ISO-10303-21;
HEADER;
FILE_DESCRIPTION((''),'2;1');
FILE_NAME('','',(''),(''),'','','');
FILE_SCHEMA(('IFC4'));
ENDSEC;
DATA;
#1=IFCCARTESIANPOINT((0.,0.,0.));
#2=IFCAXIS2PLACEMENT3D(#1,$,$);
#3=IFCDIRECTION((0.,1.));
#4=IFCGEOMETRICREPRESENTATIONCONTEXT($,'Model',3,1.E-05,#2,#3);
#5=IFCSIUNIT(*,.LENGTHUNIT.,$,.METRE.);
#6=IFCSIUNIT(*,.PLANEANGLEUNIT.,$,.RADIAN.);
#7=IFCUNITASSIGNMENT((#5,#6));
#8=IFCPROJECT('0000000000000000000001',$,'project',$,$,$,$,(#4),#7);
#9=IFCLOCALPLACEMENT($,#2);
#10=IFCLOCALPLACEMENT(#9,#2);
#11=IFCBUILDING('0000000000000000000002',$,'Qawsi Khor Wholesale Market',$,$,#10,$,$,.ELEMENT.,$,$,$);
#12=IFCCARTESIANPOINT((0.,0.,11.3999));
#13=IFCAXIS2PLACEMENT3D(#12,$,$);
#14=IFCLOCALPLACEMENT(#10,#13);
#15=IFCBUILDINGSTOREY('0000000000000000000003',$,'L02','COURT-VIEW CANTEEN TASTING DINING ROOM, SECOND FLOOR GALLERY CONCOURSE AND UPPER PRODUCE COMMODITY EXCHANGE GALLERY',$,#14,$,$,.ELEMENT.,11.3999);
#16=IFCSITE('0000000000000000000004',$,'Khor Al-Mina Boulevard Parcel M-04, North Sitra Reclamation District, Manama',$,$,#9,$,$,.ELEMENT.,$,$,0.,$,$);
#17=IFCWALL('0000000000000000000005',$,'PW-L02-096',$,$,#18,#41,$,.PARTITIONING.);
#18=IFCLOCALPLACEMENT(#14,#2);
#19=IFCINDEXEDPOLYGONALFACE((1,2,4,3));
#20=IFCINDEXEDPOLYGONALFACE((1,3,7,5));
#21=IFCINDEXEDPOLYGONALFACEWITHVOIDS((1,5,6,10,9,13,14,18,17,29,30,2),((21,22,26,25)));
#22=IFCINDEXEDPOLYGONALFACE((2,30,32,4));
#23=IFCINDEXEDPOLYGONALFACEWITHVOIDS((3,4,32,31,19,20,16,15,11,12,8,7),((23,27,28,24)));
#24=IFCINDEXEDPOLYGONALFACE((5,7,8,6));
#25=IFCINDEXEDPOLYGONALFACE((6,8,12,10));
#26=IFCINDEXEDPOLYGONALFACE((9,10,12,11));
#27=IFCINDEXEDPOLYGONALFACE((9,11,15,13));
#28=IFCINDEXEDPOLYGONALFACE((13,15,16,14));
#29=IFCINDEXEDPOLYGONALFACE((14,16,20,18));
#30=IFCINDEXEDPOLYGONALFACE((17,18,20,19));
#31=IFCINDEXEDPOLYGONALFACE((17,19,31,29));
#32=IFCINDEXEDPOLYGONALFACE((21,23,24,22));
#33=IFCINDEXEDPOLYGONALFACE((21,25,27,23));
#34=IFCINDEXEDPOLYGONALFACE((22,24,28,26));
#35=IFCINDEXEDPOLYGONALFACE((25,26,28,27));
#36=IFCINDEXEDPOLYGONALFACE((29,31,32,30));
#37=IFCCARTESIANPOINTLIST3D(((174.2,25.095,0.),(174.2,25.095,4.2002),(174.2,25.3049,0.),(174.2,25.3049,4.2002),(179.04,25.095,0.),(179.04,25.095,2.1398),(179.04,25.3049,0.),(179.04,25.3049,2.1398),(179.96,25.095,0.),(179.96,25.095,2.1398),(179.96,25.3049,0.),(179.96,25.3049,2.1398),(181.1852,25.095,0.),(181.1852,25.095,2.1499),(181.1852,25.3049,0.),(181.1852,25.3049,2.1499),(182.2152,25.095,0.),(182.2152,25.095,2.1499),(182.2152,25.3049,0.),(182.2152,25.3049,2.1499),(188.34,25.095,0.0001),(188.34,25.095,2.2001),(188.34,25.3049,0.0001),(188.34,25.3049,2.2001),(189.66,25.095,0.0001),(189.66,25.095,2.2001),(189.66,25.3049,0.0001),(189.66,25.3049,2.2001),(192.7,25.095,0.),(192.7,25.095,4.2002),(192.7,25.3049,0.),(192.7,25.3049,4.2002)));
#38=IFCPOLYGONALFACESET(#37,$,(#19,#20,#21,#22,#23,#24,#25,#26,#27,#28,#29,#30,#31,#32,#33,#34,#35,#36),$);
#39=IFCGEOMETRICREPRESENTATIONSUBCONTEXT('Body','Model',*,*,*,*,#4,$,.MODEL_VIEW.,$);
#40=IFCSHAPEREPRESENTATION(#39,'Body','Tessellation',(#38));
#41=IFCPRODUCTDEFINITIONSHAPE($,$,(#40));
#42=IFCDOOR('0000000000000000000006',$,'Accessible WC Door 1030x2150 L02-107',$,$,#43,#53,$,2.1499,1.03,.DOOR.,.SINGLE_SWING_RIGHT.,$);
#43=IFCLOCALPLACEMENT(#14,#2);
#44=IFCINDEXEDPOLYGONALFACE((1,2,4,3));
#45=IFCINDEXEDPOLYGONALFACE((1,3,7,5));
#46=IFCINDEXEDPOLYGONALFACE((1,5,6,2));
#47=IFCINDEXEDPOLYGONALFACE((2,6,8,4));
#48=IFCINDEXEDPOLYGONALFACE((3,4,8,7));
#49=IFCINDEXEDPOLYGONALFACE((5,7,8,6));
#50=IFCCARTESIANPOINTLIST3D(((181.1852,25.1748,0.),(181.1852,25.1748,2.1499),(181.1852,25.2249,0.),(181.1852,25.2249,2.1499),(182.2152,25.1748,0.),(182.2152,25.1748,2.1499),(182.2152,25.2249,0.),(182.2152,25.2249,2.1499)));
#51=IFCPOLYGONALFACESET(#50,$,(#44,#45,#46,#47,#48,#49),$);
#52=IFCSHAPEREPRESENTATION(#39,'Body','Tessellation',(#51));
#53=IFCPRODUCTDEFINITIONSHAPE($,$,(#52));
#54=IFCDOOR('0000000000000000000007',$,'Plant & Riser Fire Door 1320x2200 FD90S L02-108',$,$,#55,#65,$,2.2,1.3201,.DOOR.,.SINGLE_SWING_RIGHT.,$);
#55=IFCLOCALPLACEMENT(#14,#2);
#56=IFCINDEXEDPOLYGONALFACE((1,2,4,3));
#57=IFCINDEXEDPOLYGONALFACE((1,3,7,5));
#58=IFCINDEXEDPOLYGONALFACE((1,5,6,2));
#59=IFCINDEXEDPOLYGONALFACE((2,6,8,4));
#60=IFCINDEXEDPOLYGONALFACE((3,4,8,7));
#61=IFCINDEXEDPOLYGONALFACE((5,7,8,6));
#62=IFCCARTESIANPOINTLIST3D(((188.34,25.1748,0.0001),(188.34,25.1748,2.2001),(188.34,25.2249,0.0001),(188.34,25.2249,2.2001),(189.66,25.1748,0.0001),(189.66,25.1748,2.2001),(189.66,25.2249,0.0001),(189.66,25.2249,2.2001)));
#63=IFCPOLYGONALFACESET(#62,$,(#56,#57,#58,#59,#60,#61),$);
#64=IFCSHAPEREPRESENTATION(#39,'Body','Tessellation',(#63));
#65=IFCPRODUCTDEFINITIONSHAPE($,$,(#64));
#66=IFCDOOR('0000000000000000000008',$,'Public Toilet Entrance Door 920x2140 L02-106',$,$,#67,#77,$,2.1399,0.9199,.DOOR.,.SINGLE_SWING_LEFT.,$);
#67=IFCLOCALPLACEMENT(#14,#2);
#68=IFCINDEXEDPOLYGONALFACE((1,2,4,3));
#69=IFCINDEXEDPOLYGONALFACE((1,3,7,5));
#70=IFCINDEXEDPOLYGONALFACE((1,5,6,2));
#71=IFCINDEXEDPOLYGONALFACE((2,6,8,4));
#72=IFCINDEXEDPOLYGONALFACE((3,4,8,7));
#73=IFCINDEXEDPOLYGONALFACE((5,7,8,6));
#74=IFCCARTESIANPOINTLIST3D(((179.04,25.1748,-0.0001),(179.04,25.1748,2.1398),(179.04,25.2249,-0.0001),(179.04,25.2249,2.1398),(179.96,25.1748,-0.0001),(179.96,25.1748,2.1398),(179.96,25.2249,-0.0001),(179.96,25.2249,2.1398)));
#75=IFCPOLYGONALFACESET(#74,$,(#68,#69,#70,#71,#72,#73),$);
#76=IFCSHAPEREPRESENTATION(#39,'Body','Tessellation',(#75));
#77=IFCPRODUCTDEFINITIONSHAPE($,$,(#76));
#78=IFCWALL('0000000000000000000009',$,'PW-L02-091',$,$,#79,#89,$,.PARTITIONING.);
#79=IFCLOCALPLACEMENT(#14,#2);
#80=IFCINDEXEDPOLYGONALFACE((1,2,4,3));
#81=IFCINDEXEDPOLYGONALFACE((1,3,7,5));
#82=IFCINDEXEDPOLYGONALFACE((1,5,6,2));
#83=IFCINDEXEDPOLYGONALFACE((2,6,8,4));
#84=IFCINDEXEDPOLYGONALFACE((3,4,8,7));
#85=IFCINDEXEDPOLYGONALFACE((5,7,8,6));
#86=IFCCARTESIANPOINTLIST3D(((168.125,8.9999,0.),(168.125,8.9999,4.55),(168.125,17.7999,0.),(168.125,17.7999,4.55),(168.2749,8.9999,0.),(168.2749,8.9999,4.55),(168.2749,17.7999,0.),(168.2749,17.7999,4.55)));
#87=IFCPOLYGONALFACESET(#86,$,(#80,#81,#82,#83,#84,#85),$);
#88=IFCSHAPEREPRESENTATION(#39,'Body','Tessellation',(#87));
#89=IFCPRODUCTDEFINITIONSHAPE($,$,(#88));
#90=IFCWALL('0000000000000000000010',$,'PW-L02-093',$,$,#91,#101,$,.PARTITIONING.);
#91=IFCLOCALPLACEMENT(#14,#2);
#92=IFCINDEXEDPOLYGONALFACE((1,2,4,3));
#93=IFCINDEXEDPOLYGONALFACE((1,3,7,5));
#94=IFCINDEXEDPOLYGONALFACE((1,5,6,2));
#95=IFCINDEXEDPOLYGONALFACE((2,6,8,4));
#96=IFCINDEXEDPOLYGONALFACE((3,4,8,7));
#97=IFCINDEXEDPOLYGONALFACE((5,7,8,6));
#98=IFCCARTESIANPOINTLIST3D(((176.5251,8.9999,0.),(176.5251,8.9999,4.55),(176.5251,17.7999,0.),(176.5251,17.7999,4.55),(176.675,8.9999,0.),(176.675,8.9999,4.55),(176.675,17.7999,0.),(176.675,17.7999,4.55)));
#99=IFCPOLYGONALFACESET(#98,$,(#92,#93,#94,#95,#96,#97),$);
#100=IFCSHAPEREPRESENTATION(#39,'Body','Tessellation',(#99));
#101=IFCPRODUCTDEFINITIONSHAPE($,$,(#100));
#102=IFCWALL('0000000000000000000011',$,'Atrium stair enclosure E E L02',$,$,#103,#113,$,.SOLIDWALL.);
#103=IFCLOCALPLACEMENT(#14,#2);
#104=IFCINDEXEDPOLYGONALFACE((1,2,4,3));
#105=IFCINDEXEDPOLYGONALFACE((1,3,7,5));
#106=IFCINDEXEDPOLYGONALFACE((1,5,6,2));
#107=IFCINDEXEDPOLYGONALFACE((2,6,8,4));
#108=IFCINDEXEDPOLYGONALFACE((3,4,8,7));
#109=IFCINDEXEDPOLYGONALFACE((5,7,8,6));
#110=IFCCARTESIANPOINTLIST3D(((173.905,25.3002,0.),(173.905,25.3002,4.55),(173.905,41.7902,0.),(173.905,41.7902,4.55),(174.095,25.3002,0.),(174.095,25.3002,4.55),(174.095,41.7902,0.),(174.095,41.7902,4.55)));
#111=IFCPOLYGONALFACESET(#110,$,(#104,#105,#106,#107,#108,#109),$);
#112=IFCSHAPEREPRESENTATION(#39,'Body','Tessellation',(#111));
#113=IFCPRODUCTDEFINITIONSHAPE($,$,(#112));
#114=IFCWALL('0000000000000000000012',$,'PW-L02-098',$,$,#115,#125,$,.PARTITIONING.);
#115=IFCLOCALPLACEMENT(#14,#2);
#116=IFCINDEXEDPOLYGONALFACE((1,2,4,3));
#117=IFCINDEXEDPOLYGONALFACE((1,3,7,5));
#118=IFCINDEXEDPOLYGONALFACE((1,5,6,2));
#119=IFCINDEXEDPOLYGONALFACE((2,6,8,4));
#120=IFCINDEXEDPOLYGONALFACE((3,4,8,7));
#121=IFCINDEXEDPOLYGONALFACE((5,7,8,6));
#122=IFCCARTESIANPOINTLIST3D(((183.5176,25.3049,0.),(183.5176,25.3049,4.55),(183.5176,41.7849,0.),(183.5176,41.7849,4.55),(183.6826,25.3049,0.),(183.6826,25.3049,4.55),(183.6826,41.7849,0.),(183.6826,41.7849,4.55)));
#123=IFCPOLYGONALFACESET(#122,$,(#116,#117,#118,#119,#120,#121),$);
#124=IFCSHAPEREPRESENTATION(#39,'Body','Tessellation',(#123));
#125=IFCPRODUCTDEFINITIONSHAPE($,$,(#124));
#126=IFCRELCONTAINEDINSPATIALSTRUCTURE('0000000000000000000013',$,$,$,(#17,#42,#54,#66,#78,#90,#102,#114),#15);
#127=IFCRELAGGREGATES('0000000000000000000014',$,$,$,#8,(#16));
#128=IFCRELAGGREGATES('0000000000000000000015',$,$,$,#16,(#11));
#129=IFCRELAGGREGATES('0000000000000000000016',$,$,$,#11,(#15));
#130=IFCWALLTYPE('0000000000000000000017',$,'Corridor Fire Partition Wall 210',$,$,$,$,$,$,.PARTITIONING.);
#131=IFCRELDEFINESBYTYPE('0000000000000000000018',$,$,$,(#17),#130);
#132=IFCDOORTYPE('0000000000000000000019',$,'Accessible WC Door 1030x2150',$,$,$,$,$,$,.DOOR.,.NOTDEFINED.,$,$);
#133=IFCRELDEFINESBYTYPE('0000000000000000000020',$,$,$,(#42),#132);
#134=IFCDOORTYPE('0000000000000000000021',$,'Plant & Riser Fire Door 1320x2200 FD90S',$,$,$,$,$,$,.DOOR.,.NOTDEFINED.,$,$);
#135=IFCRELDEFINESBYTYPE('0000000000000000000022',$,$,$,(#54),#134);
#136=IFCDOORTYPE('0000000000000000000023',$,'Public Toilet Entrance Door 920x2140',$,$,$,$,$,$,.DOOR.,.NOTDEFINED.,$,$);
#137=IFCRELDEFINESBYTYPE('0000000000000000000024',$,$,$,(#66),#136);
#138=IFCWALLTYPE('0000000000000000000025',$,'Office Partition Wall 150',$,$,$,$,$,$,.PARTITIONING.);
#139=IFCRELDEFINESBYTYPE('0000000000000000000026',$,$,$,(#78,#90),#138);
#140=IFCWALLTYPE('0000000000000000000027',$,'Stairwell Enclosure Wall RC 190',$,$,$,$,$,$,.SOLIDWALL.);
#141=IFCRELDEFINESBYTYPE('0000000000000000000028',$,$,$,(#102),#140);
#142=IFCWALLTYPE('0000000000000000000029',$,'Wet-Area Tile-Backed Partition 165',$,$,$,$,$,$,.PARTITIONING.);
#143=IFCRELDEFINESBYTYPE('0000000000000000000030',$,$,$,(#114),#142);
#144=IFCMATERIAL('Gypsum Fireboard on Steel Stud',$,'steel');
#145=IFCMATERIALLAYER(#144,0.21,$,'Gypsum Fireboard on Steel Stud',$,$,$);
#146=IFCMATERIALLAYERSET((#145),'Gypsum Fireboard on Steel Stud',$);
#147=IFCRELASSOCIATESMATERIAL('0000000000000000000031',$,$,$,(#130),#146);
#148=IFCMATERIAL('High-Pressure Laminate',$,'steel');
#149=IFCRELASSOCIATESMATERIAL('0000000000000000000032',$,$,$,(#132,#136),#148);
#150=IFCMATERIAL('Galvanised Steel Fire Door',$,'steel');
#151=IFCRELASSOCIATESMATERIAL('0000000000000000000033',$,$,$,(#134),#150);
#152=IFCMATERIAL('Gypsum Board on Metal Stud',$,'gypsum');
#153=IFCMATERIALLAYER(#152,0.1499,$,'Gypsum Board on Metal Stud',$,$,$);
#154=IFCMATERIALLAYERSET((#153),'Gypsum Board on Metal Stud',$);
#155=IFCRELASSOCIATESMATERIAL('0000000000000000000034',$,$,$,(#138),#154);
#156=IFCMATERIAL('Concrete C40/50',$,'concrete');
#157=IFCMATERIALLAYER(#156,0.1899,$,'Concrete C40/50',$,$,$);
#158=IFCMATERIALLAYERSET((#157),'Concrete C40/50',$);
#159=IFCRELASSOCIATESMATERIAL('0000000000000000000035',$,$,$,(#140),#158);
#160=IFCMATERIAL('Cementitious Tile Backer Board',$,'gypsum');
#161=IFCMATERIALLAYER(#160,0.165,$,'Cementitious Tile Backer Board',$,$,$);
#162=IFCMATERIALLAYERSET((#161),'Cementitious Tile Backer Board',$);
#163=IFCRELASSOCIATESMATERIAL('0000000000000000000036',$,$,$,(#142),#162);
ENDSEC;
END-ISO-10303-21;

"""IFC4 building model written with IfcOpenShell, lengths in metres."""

from ifc_helpers import new_model, si_unit, direction, frame, frame_2d, origin, place, context, subcontext, project, spatial, rectangle, extrude, material, layer, layer_set, type_object, element, fill, save


model = new_model("IFC4")

# Units and contexts
model_context = context("Model", 3, precision=1e-05, world=origin(), true_north=direction((0.0, 1.0)))
body_context = subcontext(model_context, "Body", "Model", "MODEL_VIEW")
ifc_project = project(units=[si_unit("LENGTHUNIT", "METRE"), si_unit("PLANEANGLEUNIT", "RADIAN")], contexts=[model_context])

# Site, building, storey
site_placement = place(None, origin())
site = spatial("IfcSite", under=ifc_project, at=site_placement, Name="Khor Al-Mina Boulevard Parcel M-04, North Sitra Reclamation District, Manama", CompositionType="ELEMENT", RefElevation=0.0)
building_placement = place(site_placement, origin())
building = spatial("IfcBuilding", under=site, at=building_placement, Name="Qawsi Khor Wholesale Market", CompositionType="ELEMENT")
storey_placement = place(building_placement, frame((0.0, 0.0, 11.3999)))
storey = spatial("IfcBuildingStorey", under=building, at=storey_placement, Name="L02", Description="COURT-VIEW CANTEEN TASTING DINING ROOM, SECOND FLOOR GALLERY CONCOURSE AND UPPER PRODUCE COMMODITY EXCHANGE GALLERY", CompositionType="ELEMENT", Elevation=11.3999)

# Shared definitions
ifc_material_1 = material(Name="Concrete C40/50", Category="concrete")

# Wall, openings, doors
ifc_material_2 = material(Name="Gypsum Fireboard on Steel Stud", Category="steel")
ifc_layer_1 = layer(ifc_material_2, 0.21, Name="Gypsum Fireboard on Steel Stud")
ifc_layer_set_1 = layer_set([ifc_layer_1], Name="Gypsum Fireboard on Steel Stud")
wall_type_1 = type_object("IfcWallType", Name="Corridor Fire Partition Wall 210", PredefinedType="PARTITIONING", material=ifc_layer_set_1)
wall_1_placement = place(storey_placement, frame((174.2, 25.2, 0.0), z_axis=(0.0, 0.0, 1.0), x_axis=(1.0, 0.0, 0.0)))
wall_1 = element("IfcWall", 1, at=wall_1_placement, inside=storey, type_object=wall_type_1, Name="PW-L02-096", PredefinedType="PARTITIONING", context=body_context, shape_type="SweptSolid", body=[
    extrude(rectangle(XDim=18.5, YDim=0.21, at=frame_2d((9.25, 0.0))), origin(), (0.0, 0.0, 1.0), 4.2002),
])
opening_1_placement = place(wall_1_placement, frame((4.8401, 0.0, 0.0)))
opening_1 = element("IfcOpeningElement", 2, at=opening_1_placement, cuts=wall_1, PredefinedType="OPENING", context=body_context, shape_type="SweptSolid", body=[
    extrude(rectangle(XDim=0.9199, YDim=2.1399, at=frame_2d((0.46, 1.0698))), frame((0.0, 0.115, 0.0), z_axis=(0.0, -1.0, 0.0), x_axis=(1.0, 0.0, 0.0)), (0.0, 0.0, 1.0), 0.23),
])
opening_2_placement = place(wall_1_placement, frame((6.9851, 0.0, 0.0)))
opening_2 = element("IfcOpeningElement", 3, at=opening_2_placement, cuts=wall_1, PredefinedType="OPENING", context=body_context, shape_type="SweptSolid", body=[
    extrude(rectangle(XDim=1.03, YDim=2.1499, at=frame_2d((0.5151, 1.075))), frame((0.0, 0.115, 0.0), z_axis=(0.0, -1.0, 0.0), x_axis=(1.0, 0.0, 0.0)), (0.0, 0.0, 1.0), 0.23),
])
opening_3_placement = place(wall_1_placement, frame((14.1399, 0.0, 0.0)))
opening_3 = element("IfcOpeningElement", 4, at=opening_3_placement, cuts=wall_1, PredefinedType="OPENING", context=body_context, shape_type="SweptSolid", body=[
    extrude(rectangle(XDim=1.3201, YDim=2.2, at=frame_2d((0.6602, 1.1001))), frame((0.0, 0.115, 0.0), z_axis=(0.0, -1.0, 0.0), x_axis=(1.0, 0.0, 0.0)), (0.0, 0.0, 1.0), 0.23),
])
ifc_material_3 = material(Name="High-Pressure Laminate", Category="steel")
door_type_1 = type_object("IfcDoorType", Name="Accessible WC Door 1030x2150", OperationType="NOTDEFINED", PredefinedType="DOOR", material=ifc_material_3)
door_1_placement = place(opening_2_placement, origin())
door_1 = element("IfcDoor", 5, at=door_1_placement, inside=storey, type_object=door_type_1, Name="Accessible WC Door 1030x2150 L02-107", OperationType="SINGLE_SWING_RIGHT", OverallHeight=2.1499, OverallWidth=1.03, PredefinedType="DOOR", context=body_context, shape_type="SweptSolid", body=[
    extrude(rectangle(XDim=1.03, YDim=2.1499, at=frame_2d((0.5151, 1.075))), frame((0.0, 0.0249, 0.0), z_axis=(0.0, -1.0, 0.0), x_axis=(1.0, 0.0, 0.0)), (0.0, 0.0, 1.0), 0.05),
])
fill(opening_2, door_1)
ifc_material_4 = material(Name="Galvanised Steel Fire Door", Category="steel")
door_type_2 = type_object("IfcDoorType", Name="Plant & Riser Fire Door 1320x2200 FD90S", OperationType="NOTDEFINED", PredefinedType="DOOR", material=ifc_material_4)
door_2_placement = place(opening_3_placement, origin())
door_2 = element("IfcDoor", 6, at=door_2_placement, inside=storey, type_object=door_type_2, Name="Plant & Riser Fire Door 1320x2200 FD90S L02-108", OperationType="SINGLE_SWING_RIGHT", OverallHeight=2.2, OverallWidth=1.3201, PredefinedType="DOOR", context=body_context, shape_type="SweptSolid", body=[
    extrude(rectangle(XDim=1.3201, YDim=2.2, at=frame_2d((0.6602, 1.1001))), frame((0.0, 0.0249, 0.0), z_axis=(0.0, -1.0, 0.0), x_axis=(1.0, 0.0, 0.0)), (0.0, 0.0, 1.0), 0.05),
])
fill(opening_3, door_2)
door_type_3 = type_object("IfcDoorType", Name="Public Toilet Entrance Door 920x2140", OperationType="NOTDEFINED", PredefinedType="DOOR", material=ifc_material_3)
door_3_placement = place(opening_1_placement, origin())
door_3 = element("IfcDoor", 7, at=door_3_placement, inside=storey, type_object=door_type_3, Name="Public Toilet Entrance Door 920x2140 L02-106", OperationType="SINGLE_SWING_LEFT", OverallHeight=2.1399, OverallWidth=0.9199, PredefinedType="DOOR", context=body_context, shape_type="SweptSolid", body=[
    extrude(rectangle(XDim=0.9199, YDim=2.1399, at=frame_2d((0.46, 1.0698))), frame((0.0, 0.0249, 0.0), z_axis=(0.0, -1.0, 0.0), x_axis=(1.0, 0.0, 0.0)), (0.0, 0.0, 1.0), 0.05),
])
fill(opening_1, door_3)

# Walls
ifc_material_5 = material(Name="Gypsum Board on Metal Stud", Category="gypsum")
ifc_layer_2 = layer(ifc_material_5, 0.1499, Name="Gypsum Board on Metal Stud")
ifc_layer_set_2 = layer_set([ifc_layer_2], Name="Gypsum Board on Metal Stud")
wall_type_2 = type_object("IfcWallType", Name="Office Partition Wall 150", PredefinedType="PARTITIONING", material=ifc_layer_set_2)
for number, where, z_axis, x_axis, name in (
    (8, (168.2, 9.0, 0.0), (0.0, 0.0, 1.0), (0.0, 1.0, 0.0), "PW-L02-091"),
    (9, (176.6001, 9.0, 0.0), (0.0, 0.0, 1.0), (0.0, 1.0, 0.0), "PW-L02-093"),
):
    element("IfcWall", number, at=place(storey_placement, frame(where, z_axis=z_axis, x_axis=x_axis)), inside=storey, type_object=wall_type_2, Name=name, PredefinedType="PARTITIONING", context=body_context, shape_type="SweptSolid", body=[
        extrude(rectangle(XDim=8.8, YDim=0.1499, at=frame_2d((4.3999, 0.0))), origin(), (0.0, 0.0, 1.0), 4.55),
    ])
ifc_layer_3 = layer(ifc_material_1, 0.1899, Name="Concrete C40/50")
ifc_layer_set_3 = layer_set([ifc_layer_3], Name="Concrete C40/50")
wall_type_3 = type_object("IfcWallType", Name="Stairwell Enclosure Wall RC 190", PredefinedType="SOLIDWALL", material=ifc_layer_set_3)
wall_2_placement = place(storey_placement, frame((174.0, 25.3, 0.0), z_axis=(0.0, 0.0, 1.0), x_axis=(0.0, 1.0, 0.0)))
element("IfcWall", 10, at=wall_2_placement, inside=storey, type_object=wall_type_3, Name="Atrium stair enclosure E E L02", PredefinedType="SOLIDWALL", context=body_context, shape_type="SweptSolid", body=[
    extrude(rectangle(XDim=16.49, YDim=0.1899, at=frame_2d((8.2451, 0.0))), origin(), (0.0, 0.0, 1.0), 4.55),
])
ifc_material_6 = material(Name="Cementitious Tile Backer Board", Category="gypsum")
ifc_layer_4 = layer(ifc_material_6, 0.165, Name="Cementitious Tile Backer Board")
ifc_layer_set_4 = layer_set([ifc_layer_4], Name="Cementitious Tile Backer Board")
wall_type_4 = type_object("IfcWallType", Name="Wet-Area Tile-Backed Partition 165", PredefinedType="PARTITIONING", material=ifc_layer_set_4)
wall_3_placement = place(storey_placement, frame((183.6001, 25.3049, 0.0), z_axis=(0.0, 0.0, 1.0), x_axis=(0.0, 1.0, 0.0)))
element("IfcWall", 11, at=wall_3_placement, inside=storey, type_object=wall_type_4, Name="PW-L02-098", PredefinedType="PARTITIONING", context=body_context, shape_type="SweptSolid", body=[
    extrude(rectangle(XDim=16.48, YDim=0.165, at=frame_2d((8.24, 0.0))), origin(), (0.0, 0.0, 1.0), 4.55),
])

save(model, "model.ifc")
